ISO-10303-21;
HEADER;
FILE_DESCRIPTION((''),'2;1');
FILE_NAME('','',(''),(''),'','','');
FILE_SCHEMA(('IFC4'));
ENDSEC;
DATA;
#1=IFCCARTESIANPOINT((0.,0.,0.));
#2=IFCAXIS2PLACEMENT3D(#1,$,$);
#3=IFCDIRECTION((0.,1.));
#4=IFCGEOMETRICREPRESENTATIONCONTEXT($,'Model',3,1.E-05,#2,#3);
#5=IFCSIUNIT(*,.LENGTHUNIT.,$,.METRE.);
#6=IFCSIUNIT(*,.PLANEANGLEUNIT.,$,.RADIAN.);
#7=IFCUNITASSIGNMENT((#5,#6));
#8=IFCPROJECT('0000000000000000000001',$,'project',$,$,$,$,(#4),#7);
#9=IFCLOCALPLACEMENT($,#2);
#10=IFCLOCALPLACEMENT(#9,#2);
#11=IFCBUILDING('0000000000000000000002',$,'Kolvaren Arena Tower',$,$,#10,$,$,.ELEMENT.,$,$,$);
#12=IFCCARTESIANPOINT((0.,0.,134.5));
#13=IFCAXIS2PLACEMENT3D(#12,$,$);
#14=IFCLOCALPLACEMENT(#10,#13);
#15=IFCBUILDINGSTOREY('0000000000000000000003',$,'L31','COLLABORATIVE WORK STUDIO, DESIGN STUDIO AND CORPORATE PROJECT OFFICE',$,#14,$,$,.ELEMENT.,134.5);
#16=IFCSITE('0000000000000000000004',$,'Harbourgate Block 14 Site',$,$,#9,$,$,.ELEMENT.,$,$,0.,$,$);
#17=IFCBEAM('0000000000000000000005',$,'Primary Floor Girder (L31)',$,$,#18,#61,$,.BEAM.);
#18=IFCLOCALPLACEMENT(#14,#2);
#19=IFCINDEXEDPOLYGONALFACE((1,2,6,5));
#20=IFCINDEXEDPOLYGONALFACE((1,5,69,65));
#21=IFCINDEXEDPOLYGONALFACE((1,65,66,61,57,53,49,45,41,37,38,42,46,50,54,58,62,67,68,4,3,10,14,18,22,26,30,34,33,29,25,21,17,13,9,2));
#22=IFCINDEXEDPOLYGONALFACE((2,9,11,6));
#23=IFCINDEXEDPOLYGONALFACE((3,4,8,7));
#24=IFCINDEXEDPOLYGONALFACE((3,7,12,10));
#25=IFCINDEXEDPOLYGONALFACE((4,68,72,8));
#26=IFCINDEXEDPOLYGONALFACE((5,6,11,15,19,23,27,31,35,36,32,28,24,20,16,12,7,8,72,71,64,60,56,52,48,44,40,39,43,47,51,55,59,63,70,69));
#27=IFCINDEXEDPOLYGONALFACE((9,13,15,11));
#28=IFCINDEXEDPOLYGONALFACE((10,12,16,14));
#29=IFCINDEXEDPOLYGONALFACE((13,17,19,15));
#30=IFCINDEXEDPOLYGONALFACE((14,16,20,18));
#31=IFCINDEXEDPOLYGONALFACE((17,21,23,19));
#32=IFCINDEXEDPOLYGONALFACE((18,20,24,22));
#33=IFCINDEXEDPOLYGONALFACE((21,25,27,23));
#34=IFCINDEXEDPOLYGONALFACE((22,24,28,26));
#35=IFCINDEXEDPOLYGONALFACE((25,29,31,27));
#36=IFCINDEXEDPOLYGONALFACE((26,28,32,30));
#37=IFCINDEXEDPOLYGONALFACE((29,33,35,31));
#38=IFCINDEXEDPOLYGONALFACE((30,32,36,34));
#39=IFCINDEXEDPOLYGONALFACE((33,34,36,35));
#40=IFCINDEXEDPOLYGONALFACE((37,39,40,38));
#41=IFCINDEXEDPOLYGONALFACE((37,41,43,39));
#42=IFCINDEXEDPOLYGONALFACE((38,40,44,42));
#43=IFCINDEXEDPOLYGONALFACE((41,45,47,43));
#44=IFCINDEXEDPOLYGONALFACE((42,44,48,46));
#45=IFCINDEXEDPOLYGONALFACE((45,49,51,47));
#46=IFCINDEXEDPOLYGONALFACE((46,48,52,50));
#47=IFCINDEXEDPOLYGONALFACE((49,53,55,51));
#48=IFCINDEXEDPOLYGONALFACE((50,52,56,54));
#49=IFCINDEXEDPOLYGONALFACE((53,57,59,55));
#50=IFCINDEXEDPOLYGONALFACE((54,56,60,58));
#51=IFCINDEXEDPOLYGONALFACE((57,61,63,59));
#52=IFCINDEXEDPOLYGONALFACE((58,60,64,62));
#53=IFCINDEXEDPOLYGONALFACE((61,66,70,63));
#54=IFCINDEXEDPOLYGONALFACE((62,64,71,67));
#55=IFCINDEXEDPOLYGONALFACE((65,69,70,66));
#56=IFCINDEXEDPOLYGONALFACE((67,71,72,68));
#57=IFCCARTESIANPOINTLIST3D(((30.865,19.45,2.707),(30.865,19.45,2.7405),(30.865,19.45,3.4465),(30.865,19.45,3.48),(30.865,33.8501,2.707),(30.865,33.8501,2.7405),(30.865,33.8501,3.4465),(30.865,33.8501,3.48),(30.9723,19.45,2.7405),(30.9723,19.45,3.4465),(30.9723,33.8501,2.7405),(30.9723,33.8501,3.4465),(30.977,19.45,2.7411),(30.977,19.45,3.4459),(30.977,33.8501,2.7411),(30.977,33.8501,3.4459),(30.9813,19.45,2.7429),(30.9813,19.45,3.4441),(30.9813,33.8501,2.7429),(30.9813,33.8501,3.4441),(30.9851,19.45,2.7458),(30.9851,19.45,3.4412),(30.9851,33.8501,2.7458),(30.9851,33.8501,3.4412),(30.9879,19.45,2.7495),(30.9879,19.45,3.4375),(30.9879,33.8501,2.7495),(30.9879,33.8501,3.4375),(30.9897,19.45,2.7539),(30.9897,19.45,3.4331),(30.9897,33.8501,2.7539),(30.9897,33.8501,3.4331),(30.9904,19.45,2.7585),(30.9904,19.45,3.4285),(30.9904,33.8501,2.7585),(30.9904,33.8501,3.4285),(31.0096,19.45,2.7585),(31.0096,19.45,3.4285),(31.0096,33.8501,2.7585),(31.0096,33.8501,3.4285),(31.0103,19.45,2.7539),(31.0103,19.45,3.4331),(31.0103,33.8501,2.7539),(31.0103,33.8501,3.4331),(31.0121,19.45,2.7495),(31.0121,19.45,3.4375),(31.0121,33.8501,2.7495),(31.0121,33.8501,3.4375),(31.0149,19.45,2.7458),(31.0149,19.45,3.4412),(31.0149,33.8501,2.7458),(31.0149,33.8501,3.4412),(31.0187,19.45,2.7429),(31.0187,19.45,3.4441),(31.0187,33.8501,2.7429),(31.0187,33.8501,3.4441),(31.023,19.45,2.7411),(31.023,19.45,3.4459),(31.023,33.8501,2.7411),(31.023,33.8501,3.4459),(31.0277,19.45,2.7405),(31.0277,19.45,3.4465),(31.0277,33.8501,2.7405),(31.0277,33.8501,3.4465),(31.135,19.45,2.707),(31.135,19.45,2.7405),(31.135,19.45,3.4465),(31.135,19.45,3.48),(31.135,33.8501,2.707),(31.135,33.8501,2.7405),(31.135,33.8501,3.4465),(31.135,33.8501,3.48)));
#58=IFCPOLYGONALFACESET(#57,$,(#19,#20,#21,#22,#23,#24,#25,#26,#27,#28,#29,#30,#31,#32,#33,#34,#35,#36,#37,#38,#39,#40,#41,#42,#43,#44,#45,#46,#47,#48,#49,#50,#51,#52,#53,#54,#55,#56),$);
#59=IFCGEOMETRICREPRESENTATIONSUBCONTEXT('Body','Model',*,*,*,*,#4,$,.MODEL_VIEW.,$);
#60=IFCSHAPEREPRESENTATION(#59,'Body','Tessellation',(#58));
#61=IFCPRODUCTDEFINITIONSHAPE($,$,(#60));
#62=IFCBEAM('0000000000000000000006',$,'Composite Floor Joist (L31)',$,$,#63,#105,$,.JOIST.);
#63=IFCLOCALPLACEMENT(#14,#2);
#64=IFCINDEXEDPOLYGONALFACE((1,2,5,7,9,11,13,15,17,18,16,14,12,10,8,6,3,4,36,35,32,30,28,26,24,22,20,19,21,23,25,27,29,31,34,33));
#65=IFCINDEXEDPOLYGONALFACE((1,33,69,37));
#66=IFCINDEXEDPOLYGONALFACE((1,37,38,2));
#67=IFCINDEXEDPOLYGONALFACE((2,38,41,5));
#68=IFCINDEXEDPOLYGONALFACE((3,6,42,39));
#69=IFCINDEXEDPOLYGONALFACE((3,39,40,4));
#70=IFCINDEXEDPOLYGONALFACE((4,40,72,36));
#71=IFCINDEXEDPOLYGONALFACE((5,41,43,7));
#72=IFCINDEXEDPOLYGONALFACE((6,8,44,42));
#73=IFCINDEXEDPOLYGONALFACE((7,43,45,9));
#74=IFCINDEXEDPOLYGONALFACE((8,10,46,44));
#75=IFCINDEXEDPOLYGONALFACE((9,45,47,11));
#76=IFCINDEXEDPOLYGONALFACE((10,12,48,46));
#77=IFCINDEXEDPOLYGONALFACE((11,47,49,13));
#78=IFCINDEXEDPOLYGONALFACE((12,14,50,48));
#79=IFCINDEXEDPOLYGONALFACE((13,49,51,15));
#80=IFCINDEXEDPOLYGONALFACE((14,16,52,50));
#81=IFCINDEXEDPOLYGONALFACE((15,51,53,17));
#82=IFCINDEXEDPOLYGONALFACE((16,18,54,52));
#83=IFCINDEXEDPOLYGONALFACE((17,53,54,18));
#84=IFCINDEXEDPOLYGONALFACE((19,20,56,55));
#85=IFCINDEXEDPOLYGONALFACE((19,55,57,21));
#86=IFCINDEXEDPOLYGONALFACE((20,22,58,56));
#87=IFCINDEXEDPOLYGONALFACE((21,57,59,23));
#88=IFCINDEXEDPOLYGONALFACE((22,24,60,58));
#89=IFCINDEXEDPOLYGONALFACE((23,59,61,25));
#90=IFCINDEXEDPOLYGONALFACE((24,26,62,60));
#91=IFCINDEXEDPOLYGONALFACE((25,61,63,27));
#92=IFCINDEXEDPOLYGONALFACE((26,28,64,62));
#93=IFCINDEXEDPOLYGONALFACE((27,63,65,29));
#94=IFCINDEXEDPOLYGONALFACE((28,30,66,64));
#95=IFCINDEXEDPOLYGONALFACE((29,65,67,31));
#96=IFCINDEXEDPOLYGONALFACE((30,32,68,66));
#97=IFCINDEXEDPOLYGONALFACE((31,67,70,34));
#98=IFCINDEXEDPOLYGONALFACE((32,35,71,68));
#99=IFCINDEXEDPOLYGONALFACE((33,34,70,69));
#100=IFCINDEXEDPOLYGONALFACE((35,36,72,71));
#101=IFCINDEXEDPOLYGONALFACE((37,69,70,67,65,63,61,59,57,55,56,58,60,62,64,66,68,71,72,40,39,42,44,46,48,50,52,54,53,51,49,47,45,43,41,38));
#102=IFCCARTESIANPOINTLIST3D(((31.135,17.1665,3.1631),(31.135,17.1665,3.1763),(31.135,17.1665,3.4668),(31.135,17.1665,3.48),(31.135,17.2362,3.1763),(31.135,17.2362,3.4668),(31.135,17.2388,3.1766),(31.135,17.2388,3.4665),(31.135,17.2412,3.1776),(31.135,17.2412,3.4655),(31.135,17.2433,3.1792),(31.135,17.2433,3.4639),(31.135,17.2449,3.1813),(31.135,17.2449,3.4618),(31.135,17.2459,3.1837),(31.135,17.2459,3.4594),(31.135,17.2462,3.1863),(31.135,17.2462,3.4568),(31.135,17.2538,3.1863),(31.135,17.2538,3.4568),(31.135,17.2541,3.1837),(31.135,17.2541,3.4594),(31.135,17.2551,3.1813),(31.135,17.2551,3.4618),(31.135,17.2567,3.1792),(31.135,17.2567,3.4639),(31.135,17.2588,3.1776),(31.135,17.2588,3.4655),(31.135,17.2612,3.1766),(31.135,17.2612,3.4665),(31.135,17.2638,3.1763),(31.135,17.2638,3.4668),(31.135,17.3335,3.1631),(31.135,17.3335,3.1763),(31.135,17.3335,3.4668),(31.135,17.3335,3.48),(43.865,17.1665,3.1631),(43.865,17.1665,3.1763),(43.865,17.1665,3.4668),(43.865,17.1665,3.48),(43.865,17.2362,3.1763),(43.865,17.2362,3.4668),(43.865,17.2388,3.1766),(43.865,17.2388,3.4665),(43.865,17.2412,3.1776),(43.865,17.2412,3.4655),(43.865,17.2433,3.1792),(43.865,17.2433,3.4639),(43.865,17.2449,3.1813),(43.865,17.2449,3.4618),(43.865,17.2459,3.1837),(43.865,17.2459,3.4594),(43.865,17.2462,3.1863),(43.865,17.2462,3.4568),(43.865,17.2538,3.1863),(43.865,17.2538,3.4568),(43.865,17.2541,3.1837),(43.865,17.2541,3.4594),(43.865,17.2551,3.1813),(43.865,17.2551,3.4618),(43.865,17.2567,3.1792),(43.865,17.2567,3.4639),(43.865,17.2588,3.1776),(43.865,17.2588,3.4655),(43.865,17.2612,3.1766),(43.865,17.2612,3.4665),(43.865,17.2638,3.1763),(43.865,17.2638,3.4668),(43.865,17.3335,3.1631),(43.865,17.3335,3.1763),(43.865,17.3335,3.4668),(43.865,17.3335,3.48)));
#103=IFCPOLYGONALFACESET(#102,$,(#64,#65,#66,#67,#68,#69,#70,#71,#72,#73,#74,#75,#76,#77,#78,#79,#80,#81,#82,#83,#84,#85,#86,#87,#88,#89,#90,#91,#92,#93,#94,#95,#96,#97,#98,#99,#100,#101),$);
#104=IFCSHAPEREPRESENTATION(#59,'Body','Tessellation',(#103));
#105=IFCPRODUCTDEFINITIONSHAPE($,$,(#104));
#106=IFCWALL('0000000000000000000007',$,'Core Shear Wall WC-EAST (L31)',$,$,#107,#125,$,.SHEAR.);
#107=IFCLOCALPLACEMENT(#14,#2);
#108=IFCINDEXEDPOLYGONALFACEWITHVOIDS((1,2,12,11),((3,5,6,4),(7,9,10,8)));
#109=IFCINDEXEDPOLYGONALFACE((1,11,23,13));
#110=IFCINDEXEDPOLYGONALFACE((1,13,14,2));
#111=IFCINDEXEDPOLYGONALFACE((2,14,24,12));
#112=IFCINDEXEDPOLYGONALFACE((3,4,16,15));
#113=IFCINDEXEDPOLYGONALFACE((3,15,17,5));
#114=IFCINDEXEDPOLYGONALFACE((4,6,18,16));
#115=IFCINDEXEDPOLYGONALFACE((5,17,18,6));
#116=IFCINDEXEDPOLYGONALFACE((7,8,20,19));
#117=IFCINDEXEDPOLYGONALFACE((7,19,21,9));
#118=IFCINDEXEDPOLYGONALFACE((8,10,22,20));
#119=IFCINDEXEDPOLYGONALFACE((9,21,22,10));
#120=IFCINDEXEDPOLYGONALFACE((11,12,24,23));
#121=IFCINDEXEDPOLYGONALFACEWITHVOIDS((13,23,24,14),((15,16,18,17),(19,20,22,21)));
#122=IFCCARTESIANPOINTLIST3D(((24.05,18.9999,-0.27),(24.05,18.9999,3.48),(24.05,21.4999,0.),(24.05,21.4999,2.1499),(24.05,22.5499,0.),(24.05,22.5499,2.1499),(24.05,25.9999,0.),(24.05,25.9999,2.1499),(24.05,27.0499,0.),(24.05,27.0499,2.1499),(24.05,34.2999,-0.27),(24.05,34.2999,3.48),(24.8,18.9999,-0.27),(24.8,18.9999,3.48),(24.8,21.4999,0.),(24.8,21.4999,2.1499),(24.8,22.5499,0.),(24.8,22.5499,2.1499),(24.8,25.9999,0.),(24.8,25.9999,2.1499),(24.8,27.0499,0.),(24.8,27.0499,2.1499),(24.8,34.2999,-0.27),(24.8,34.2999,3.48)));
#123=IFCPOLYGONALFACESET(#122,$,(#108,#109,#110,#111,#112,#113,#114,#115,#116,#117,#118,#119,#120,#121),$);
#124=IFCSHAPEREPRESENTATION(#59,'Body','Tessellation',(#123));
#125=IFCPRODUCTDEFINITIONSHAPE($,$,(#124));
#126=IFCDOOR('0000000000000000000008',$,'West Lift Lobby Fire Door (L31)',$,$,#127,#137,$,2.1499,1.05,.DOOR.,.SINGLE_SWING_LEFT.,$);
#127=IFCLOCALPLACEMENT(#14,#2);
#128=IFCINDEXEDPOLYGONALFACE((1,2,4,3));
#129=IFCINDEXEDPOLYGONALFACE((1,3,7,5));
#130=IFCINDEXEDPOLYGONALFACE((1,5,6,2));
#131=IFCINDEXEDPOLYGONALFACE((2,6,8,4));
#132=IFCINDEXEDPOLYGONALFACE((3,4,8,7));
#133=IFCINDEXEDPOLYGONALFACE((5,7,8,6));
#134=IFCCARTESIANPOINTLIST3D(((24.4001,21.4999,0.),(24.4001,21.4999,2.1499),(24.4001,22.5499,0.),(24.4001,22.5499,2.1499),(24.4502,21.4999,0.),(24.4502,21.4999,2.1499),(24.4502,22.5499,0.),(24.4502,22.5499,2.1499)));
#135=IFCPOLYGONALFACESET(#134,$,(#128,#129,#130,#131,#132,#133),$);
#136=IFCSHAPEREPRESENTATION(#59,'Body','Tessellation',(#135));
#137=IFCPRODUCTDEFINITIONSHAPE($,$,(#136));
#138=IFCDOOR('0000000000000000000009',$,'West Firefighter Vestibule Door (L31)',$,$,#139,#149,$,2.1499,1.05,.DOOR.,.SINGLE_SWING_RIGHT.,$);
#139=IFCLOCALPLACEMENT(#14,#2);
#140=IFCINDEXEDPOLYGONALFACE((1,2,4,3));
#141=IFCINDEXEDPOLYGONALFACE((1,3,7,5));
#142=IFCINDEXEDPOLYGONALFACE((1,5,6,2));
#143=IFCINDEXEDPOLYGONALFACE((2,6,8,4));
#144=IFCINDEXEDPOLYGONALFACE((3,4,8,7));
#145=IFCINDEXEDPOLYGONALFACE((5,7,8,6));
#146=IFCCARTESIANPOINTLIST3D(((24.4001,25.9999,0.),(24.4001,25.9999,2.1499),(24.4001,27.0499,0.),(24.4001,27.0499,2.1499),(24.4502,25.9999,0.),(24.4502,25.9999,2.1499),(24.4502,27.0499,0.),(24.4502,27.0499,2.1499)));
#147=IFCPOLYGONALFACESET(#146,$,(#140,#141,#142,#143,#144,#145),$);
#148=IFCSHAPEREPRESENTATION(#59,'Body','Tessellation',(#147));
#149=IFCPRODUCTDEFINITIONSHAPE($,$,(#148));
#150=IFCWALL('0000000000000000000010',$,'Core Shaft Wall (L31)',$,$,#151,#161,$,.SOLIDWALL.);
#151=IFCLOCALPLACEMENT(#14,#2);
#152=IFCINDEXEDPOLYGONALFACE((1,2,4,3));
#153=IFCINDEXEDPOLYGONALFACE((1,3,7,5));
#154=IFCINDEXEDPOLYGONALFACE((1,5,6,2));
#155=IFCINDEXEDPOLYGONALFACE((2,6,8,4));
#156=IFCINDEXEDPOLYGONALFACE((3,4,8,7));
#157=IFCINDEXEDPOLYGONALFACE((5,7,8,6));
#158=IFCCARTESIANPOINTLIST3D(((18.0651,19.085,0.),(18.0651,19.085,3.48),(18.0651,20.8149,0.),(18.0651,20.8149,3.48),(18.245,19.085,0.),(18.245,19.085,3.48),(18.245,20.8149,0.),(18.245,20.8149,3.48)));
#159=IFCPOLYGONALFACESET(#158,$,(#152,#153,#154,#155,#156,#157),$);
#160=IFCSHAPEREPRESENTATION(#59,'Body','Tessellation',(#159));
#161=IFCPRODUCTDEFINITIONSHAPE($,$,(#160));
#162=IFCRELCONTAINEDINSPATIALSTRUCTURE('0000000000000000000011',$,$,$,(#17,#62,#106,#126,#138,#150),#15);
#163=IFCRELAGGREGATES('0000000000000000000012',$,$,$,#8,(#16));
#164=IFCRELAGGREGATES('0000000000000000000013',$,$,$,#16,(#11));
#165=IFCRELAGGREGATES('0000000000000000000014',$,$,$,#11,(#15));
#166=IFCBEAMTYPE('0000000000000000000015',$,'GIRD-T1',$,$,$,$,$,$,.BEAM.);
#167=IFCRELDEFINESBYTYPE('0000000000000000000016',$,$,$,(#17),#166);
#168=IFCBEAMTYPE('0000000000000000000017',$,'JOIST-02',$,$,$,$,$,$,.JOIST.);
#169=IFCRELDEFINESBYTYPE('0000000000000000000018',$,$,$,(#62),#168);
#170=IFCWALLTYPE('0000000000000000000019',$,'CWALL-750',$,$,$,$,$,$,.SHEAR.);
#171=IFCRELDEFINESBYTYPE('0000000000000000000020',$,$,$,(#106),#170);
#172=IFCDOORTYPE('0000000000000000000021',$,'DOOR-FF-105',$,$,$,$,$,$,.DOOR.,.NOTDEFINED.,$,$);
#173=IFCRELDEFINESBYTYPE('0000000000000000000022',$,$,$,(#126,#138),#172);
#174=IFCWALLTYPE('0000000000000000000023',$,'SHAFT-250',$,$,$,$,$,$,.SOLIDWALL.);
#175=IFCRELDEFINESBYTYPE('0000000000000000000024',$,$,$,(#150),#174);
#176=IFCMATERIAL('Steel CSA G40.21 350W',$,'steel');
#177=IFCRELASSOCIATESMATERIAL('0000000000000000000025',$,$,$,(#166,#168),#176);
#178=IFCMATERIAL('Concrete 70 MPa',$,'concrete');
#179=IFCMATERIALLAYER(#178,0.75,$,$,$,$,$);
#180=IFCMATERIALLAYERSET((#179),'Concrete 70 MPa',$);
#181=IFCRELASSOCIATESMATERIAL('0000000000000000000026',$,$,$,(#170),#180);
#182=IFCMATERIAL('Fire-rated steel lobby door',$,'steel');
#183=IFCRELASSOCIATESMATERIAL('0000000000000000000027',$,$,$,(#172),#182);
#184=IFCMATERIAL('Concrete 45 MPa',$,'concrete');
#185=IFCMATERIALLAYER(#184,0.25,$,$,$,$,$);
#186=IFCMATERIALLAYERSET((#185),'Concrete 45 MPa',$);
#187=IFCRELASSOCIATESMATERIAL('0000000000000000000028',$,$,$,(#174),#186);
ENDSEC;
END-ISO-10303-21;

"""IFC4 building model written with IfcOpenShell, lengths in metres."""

from ifc_helpers import new_model, si_unit, direction, frame, frame_2d, origin, origin_2d, place, context, subcontext, project, spatial, rectangle, i_section, extrude, material, layer, layer_set, material_profile, profile_set, type_object, element, fill, save


model = new_model("IFC4")

# Units and contexts
model_context = context("Model", 3, precision=1e-05, world=origin(), true_north=direction((0.0, 1.0)))
body_context = subcontext(model_context, "Body", "Model", "MODEL_VIEW")
ifc_project = project(units=[si_unit("LENGTHUNIT", "METRE"), si_unit("PLANEANGLEUNIT", "RADIAN")], contexts=[model_context])

# Site, building, storey
site_placement = place(None, origin())
site = spatial("IfcSite", under=ifc_project, at=site_placement, Name="Harbourgate Block 14 Site", CompositionType="ELEMENT", RefElevation=0.0)
building_placement = place(site_placement, origin())
building = spatial("IfcBuilding", under=site, at=building_placement, Name="Kolvaren Arena Tower", CompositionType="ELEMENT")
storey_placement = place(building_placement, frame((0.0, 0.0, 134.5)))
storey = spatial("IfcBuildingStorey", under=building, at=storey_placement, Name="L31", Description="COLLABORATIVE WORK STUDIO, DESIGN STUDIO AND CORPORATE PROJECT OFFICE", CompositionType="ELEMENT", Elevation=134.5)

# Beams
ifc_material_1 = material(Name="Steel CSA G40.21 350W", Category="steel")
ifc_material_profile_1 = material_profile(ifc_material_1, i_section(OverallWidth=0.27, OverallDepth=0.7729, WebThickness=0.0193, FlangeThickness=0.0334, FilletRadius=0.0181, at=origin_2d()), Name="W760x257")
ifc_profile_set_1 = profile_set([ifc_material_profile_1], Name="Steel CSA G40.21 350W")
beam_type_1 = type_object("IfcBeamType", Name="GIRD-T1", PredefinedType="BEAM", material=ifc_profile_set_1)
beam_1_placement = place(storey_placement, frame((31.0, 19.45, 3.0935), z_axis=(0.0, 1.0, 0.0), x_axis=(-1.0, 0.0, 0.0)))
element("IfcBeam", 1, at=beam_1_placement, inside=storey, type_object=beam_type_1, Name="Primary Floor Girder (L31)", PredefinedType="BEAM", context=body_context, shape_type="SweptSolid", body=[
    extrude(i_section(OverallWidth=0.27, OverallDepth=0.7729, WebThickness=0.0193, FlangeThickness=0.0334, FilletRadius=0.0181, at=origin_2d()), origin(), (0.0, 0.0, 1.0), 14.4001),
])
ifc_material_profile_2 = material_profile(ifc_material_1, i_section(OverallWidth=0.167, OverallDepth=0.3169, WebThickness=0.0076, FlangeThickness=0.0132, FilletRadius=0.01, at=origin_2d()), Name="W310x52")
ifc_profile_set_2 = profile_set([ifc_material_profile_2], Name="Steel CSA G40.21 350W")
beam_type_2 = type_object("IfcBeamType", Name="JOIST-02", PredefinedType="JOIST", material=ifc_profile_set_2)
beam_2_placement = place(storey_placement, frame((31.135, 17.25, 3.3215), z_axis=(1.0, 0.0, 0.0), x_axis=(0.0, 1.0, 0.0)))
element("IfcBeam", 2, at=beam_2_placement, inside=storey, type_object=beam_type_2, Name="Composite Floor Joist (L31)", PredefinedType="JOIST", context=body_context, shape_type="SweptSolid", body=[
    extrude(i_section(OverallWidth=0.167, OverallDepth=0.3169, WebThickness=0.0076, FlangeThickness=0.0132, FilletRadius=0.01, at=origin_2d()), origin(), (0.0, 0.0, 1.0), 12.73),
])

# Wall, openings, doors
ifc_material_2 = material(Name="Concrete 70 MPa", Category="concrete")
ifc_layer_1 = layer(ifc_material_2, 0.75)
ifc_layer_set_1 = layer_set([ifc_layer_1], Name="Concrete 70 MPa")
wall_type_1 = type_object("IfcWallType", Name="CWALL-750", PredefinedType="SHEAR", material=ifc_layer_set_1)
wall_1_placement = place(storey_placement, frame((24.425, 19.0, -0.27), z_axis=(0.0, 0.0, 1.0), x_axis=(0.0, 1.0, 0.0)))
wall_1 = element("IfcWall", 3, at=wall_1_placement, inside=storey, type_object=wall_type_1, Name="Core Shear Wall WC-EAST (L31)", PredefinedType="SHEAR", context=body_context, shape_type="SweptSolid", body=[
    extrude(rectangle(XDim=15.3, YDim=0.75, at=frame_2d((7.6499, 0.0))), origin(), (0.0, 0.0, 1.0), 3.75),
])
opening_1_placement = place(wall_1_placement, frame((2.5, 0.0, 0.27)))
opening_1 = element("IfcOpeningElement", 4, at=opening_1_placement, cuts=wall_1, PredefinedType="OPENING", context=body_context, shape_type="SweptSolid", body=[
    extrude(rectangle(XDim=1.05, YDim=2.1499, at=frame_2d((0.5249, 1.075))), frame((0.0, 0.385, 0.0), z_axis=(0.0, -1.0, 0.0), x_axis=(1.0, 0.0, 0.0)), (0.0, 0.0, 1.0), 0.77),
])
opening_2_placement = place(wall_1_placement, frame((7.0, 0.0, 0.27)))
opening_2 = element("IfcOpeningElement", 5, at=opening_2_placement, cuts=wall_1, PredefinedType="OPENING", context=body_context, shape_type="SweptSolid", body=[
    extrude(rectangle(XDim=1.05, YDim=2.1499, at=frame_2d((0.5249, 1.075))), frame((0.0, 0.385, 0.0), z_axis=(0.0, -1.0, 0.0), x_axis=(1.0, 0.0, 0.0)), (0.0, 0.0, 1.0), 0.77),
])
ifc_material_3 = material(Name="Fire-rated steel lobby door", Category="steel")
door_type_1 = type_object("IfcDoorType", Name="DOOR-FF-105", OperationType="NOTDEFINED", PredefinedType="DOOR", material=ifc_material_3)
door_1_placement = place(opening_1_placement, origin())
door_1 = element("IfcDoor", 6, at=door_1_placement, inside=storey, type_object=door_type_1, Name="West Lift Lobby Fire Door (L31)", OperationType="SINGLE_SWING_LEFT", OverallHeight=2.1499, OverallWidth=1.05, PredefinedType="DOOR", context=body_context, shape_type="SweptSolid", body=[
    extrude(rectangle(XDim=1.05, YDim=2.1499, at=frame_2d((0.5249, 1.075))), frame((0.0, 0.0249, 0.0), z_axis=(0.0, -1.0, 0.0), x_axis=(1.0, 0.0, 0.0)), (0.0, 0.0, 1.0), 0.05),
])
fill(opening_1, door_1)
door_2_placement = place(opening_2_placement, origin())
door_2 = element("IfcDoor", 7, at=door_2_placement, inside=storey, type_object=door_type_1, Name="West Firefighter Vestibule Door (L31)", OperationType="SINGLE_SWING_RIGHT", OverallHeight=2.1499, OverallWidth=1.05, PredefinedType="DOOR", context=body_context, shape_type="SweptSolid", body=[
    extrude(rectangle(XDim=1.05, YDim=2.1499, at=frame_2d((0.5249, 1.075))), frame((0.0, 0.0249, 0.0), z_axis=(0.0, -1.0, 0.0), x_axis=(1.0, 0.0, 0.0)), (0.0, 0.0, 1.0), 0.05),
])
fill(opening_2, door_2)

# Wall
ifc_material_4 = material(Name="Concrete 45 MPa", Category="concrete")
ifc_layer_2 = layer(ifc_material_4, 0.25)
ifc_layer_set_2 = layer_set([ifc_layer_2], Name="Concrete 45 MPa")
wall_type_2 = type_object("IfcWallType", Name="SHAFT-250", PredefinedType="SOLIDWALL", material=ifc_layer_set_2)
wall_2_placement = place(storey_placement, frame((18.155, 19.085, 0.0), z_axis=(0.0, 0.0, 1.0), x_axis=(0.0, 1.0, 0.0)))
element("IfcWall", 8, at=wall_2_placement, inside=storey, type_object=wall_type_2, Name="Core Shaft Wall (L31)", PredefinedType="SOLIDWALL", context=body_context, shape_type="SweptSolid", body=[
    extrude(rectangle(XDim=1.73, YDim=0.1799, at=frame_2d((0.865, 0.0))), origin(), (0.0, 0.0, 1.0), 3.48),
])

save(model, "model.ifc")
